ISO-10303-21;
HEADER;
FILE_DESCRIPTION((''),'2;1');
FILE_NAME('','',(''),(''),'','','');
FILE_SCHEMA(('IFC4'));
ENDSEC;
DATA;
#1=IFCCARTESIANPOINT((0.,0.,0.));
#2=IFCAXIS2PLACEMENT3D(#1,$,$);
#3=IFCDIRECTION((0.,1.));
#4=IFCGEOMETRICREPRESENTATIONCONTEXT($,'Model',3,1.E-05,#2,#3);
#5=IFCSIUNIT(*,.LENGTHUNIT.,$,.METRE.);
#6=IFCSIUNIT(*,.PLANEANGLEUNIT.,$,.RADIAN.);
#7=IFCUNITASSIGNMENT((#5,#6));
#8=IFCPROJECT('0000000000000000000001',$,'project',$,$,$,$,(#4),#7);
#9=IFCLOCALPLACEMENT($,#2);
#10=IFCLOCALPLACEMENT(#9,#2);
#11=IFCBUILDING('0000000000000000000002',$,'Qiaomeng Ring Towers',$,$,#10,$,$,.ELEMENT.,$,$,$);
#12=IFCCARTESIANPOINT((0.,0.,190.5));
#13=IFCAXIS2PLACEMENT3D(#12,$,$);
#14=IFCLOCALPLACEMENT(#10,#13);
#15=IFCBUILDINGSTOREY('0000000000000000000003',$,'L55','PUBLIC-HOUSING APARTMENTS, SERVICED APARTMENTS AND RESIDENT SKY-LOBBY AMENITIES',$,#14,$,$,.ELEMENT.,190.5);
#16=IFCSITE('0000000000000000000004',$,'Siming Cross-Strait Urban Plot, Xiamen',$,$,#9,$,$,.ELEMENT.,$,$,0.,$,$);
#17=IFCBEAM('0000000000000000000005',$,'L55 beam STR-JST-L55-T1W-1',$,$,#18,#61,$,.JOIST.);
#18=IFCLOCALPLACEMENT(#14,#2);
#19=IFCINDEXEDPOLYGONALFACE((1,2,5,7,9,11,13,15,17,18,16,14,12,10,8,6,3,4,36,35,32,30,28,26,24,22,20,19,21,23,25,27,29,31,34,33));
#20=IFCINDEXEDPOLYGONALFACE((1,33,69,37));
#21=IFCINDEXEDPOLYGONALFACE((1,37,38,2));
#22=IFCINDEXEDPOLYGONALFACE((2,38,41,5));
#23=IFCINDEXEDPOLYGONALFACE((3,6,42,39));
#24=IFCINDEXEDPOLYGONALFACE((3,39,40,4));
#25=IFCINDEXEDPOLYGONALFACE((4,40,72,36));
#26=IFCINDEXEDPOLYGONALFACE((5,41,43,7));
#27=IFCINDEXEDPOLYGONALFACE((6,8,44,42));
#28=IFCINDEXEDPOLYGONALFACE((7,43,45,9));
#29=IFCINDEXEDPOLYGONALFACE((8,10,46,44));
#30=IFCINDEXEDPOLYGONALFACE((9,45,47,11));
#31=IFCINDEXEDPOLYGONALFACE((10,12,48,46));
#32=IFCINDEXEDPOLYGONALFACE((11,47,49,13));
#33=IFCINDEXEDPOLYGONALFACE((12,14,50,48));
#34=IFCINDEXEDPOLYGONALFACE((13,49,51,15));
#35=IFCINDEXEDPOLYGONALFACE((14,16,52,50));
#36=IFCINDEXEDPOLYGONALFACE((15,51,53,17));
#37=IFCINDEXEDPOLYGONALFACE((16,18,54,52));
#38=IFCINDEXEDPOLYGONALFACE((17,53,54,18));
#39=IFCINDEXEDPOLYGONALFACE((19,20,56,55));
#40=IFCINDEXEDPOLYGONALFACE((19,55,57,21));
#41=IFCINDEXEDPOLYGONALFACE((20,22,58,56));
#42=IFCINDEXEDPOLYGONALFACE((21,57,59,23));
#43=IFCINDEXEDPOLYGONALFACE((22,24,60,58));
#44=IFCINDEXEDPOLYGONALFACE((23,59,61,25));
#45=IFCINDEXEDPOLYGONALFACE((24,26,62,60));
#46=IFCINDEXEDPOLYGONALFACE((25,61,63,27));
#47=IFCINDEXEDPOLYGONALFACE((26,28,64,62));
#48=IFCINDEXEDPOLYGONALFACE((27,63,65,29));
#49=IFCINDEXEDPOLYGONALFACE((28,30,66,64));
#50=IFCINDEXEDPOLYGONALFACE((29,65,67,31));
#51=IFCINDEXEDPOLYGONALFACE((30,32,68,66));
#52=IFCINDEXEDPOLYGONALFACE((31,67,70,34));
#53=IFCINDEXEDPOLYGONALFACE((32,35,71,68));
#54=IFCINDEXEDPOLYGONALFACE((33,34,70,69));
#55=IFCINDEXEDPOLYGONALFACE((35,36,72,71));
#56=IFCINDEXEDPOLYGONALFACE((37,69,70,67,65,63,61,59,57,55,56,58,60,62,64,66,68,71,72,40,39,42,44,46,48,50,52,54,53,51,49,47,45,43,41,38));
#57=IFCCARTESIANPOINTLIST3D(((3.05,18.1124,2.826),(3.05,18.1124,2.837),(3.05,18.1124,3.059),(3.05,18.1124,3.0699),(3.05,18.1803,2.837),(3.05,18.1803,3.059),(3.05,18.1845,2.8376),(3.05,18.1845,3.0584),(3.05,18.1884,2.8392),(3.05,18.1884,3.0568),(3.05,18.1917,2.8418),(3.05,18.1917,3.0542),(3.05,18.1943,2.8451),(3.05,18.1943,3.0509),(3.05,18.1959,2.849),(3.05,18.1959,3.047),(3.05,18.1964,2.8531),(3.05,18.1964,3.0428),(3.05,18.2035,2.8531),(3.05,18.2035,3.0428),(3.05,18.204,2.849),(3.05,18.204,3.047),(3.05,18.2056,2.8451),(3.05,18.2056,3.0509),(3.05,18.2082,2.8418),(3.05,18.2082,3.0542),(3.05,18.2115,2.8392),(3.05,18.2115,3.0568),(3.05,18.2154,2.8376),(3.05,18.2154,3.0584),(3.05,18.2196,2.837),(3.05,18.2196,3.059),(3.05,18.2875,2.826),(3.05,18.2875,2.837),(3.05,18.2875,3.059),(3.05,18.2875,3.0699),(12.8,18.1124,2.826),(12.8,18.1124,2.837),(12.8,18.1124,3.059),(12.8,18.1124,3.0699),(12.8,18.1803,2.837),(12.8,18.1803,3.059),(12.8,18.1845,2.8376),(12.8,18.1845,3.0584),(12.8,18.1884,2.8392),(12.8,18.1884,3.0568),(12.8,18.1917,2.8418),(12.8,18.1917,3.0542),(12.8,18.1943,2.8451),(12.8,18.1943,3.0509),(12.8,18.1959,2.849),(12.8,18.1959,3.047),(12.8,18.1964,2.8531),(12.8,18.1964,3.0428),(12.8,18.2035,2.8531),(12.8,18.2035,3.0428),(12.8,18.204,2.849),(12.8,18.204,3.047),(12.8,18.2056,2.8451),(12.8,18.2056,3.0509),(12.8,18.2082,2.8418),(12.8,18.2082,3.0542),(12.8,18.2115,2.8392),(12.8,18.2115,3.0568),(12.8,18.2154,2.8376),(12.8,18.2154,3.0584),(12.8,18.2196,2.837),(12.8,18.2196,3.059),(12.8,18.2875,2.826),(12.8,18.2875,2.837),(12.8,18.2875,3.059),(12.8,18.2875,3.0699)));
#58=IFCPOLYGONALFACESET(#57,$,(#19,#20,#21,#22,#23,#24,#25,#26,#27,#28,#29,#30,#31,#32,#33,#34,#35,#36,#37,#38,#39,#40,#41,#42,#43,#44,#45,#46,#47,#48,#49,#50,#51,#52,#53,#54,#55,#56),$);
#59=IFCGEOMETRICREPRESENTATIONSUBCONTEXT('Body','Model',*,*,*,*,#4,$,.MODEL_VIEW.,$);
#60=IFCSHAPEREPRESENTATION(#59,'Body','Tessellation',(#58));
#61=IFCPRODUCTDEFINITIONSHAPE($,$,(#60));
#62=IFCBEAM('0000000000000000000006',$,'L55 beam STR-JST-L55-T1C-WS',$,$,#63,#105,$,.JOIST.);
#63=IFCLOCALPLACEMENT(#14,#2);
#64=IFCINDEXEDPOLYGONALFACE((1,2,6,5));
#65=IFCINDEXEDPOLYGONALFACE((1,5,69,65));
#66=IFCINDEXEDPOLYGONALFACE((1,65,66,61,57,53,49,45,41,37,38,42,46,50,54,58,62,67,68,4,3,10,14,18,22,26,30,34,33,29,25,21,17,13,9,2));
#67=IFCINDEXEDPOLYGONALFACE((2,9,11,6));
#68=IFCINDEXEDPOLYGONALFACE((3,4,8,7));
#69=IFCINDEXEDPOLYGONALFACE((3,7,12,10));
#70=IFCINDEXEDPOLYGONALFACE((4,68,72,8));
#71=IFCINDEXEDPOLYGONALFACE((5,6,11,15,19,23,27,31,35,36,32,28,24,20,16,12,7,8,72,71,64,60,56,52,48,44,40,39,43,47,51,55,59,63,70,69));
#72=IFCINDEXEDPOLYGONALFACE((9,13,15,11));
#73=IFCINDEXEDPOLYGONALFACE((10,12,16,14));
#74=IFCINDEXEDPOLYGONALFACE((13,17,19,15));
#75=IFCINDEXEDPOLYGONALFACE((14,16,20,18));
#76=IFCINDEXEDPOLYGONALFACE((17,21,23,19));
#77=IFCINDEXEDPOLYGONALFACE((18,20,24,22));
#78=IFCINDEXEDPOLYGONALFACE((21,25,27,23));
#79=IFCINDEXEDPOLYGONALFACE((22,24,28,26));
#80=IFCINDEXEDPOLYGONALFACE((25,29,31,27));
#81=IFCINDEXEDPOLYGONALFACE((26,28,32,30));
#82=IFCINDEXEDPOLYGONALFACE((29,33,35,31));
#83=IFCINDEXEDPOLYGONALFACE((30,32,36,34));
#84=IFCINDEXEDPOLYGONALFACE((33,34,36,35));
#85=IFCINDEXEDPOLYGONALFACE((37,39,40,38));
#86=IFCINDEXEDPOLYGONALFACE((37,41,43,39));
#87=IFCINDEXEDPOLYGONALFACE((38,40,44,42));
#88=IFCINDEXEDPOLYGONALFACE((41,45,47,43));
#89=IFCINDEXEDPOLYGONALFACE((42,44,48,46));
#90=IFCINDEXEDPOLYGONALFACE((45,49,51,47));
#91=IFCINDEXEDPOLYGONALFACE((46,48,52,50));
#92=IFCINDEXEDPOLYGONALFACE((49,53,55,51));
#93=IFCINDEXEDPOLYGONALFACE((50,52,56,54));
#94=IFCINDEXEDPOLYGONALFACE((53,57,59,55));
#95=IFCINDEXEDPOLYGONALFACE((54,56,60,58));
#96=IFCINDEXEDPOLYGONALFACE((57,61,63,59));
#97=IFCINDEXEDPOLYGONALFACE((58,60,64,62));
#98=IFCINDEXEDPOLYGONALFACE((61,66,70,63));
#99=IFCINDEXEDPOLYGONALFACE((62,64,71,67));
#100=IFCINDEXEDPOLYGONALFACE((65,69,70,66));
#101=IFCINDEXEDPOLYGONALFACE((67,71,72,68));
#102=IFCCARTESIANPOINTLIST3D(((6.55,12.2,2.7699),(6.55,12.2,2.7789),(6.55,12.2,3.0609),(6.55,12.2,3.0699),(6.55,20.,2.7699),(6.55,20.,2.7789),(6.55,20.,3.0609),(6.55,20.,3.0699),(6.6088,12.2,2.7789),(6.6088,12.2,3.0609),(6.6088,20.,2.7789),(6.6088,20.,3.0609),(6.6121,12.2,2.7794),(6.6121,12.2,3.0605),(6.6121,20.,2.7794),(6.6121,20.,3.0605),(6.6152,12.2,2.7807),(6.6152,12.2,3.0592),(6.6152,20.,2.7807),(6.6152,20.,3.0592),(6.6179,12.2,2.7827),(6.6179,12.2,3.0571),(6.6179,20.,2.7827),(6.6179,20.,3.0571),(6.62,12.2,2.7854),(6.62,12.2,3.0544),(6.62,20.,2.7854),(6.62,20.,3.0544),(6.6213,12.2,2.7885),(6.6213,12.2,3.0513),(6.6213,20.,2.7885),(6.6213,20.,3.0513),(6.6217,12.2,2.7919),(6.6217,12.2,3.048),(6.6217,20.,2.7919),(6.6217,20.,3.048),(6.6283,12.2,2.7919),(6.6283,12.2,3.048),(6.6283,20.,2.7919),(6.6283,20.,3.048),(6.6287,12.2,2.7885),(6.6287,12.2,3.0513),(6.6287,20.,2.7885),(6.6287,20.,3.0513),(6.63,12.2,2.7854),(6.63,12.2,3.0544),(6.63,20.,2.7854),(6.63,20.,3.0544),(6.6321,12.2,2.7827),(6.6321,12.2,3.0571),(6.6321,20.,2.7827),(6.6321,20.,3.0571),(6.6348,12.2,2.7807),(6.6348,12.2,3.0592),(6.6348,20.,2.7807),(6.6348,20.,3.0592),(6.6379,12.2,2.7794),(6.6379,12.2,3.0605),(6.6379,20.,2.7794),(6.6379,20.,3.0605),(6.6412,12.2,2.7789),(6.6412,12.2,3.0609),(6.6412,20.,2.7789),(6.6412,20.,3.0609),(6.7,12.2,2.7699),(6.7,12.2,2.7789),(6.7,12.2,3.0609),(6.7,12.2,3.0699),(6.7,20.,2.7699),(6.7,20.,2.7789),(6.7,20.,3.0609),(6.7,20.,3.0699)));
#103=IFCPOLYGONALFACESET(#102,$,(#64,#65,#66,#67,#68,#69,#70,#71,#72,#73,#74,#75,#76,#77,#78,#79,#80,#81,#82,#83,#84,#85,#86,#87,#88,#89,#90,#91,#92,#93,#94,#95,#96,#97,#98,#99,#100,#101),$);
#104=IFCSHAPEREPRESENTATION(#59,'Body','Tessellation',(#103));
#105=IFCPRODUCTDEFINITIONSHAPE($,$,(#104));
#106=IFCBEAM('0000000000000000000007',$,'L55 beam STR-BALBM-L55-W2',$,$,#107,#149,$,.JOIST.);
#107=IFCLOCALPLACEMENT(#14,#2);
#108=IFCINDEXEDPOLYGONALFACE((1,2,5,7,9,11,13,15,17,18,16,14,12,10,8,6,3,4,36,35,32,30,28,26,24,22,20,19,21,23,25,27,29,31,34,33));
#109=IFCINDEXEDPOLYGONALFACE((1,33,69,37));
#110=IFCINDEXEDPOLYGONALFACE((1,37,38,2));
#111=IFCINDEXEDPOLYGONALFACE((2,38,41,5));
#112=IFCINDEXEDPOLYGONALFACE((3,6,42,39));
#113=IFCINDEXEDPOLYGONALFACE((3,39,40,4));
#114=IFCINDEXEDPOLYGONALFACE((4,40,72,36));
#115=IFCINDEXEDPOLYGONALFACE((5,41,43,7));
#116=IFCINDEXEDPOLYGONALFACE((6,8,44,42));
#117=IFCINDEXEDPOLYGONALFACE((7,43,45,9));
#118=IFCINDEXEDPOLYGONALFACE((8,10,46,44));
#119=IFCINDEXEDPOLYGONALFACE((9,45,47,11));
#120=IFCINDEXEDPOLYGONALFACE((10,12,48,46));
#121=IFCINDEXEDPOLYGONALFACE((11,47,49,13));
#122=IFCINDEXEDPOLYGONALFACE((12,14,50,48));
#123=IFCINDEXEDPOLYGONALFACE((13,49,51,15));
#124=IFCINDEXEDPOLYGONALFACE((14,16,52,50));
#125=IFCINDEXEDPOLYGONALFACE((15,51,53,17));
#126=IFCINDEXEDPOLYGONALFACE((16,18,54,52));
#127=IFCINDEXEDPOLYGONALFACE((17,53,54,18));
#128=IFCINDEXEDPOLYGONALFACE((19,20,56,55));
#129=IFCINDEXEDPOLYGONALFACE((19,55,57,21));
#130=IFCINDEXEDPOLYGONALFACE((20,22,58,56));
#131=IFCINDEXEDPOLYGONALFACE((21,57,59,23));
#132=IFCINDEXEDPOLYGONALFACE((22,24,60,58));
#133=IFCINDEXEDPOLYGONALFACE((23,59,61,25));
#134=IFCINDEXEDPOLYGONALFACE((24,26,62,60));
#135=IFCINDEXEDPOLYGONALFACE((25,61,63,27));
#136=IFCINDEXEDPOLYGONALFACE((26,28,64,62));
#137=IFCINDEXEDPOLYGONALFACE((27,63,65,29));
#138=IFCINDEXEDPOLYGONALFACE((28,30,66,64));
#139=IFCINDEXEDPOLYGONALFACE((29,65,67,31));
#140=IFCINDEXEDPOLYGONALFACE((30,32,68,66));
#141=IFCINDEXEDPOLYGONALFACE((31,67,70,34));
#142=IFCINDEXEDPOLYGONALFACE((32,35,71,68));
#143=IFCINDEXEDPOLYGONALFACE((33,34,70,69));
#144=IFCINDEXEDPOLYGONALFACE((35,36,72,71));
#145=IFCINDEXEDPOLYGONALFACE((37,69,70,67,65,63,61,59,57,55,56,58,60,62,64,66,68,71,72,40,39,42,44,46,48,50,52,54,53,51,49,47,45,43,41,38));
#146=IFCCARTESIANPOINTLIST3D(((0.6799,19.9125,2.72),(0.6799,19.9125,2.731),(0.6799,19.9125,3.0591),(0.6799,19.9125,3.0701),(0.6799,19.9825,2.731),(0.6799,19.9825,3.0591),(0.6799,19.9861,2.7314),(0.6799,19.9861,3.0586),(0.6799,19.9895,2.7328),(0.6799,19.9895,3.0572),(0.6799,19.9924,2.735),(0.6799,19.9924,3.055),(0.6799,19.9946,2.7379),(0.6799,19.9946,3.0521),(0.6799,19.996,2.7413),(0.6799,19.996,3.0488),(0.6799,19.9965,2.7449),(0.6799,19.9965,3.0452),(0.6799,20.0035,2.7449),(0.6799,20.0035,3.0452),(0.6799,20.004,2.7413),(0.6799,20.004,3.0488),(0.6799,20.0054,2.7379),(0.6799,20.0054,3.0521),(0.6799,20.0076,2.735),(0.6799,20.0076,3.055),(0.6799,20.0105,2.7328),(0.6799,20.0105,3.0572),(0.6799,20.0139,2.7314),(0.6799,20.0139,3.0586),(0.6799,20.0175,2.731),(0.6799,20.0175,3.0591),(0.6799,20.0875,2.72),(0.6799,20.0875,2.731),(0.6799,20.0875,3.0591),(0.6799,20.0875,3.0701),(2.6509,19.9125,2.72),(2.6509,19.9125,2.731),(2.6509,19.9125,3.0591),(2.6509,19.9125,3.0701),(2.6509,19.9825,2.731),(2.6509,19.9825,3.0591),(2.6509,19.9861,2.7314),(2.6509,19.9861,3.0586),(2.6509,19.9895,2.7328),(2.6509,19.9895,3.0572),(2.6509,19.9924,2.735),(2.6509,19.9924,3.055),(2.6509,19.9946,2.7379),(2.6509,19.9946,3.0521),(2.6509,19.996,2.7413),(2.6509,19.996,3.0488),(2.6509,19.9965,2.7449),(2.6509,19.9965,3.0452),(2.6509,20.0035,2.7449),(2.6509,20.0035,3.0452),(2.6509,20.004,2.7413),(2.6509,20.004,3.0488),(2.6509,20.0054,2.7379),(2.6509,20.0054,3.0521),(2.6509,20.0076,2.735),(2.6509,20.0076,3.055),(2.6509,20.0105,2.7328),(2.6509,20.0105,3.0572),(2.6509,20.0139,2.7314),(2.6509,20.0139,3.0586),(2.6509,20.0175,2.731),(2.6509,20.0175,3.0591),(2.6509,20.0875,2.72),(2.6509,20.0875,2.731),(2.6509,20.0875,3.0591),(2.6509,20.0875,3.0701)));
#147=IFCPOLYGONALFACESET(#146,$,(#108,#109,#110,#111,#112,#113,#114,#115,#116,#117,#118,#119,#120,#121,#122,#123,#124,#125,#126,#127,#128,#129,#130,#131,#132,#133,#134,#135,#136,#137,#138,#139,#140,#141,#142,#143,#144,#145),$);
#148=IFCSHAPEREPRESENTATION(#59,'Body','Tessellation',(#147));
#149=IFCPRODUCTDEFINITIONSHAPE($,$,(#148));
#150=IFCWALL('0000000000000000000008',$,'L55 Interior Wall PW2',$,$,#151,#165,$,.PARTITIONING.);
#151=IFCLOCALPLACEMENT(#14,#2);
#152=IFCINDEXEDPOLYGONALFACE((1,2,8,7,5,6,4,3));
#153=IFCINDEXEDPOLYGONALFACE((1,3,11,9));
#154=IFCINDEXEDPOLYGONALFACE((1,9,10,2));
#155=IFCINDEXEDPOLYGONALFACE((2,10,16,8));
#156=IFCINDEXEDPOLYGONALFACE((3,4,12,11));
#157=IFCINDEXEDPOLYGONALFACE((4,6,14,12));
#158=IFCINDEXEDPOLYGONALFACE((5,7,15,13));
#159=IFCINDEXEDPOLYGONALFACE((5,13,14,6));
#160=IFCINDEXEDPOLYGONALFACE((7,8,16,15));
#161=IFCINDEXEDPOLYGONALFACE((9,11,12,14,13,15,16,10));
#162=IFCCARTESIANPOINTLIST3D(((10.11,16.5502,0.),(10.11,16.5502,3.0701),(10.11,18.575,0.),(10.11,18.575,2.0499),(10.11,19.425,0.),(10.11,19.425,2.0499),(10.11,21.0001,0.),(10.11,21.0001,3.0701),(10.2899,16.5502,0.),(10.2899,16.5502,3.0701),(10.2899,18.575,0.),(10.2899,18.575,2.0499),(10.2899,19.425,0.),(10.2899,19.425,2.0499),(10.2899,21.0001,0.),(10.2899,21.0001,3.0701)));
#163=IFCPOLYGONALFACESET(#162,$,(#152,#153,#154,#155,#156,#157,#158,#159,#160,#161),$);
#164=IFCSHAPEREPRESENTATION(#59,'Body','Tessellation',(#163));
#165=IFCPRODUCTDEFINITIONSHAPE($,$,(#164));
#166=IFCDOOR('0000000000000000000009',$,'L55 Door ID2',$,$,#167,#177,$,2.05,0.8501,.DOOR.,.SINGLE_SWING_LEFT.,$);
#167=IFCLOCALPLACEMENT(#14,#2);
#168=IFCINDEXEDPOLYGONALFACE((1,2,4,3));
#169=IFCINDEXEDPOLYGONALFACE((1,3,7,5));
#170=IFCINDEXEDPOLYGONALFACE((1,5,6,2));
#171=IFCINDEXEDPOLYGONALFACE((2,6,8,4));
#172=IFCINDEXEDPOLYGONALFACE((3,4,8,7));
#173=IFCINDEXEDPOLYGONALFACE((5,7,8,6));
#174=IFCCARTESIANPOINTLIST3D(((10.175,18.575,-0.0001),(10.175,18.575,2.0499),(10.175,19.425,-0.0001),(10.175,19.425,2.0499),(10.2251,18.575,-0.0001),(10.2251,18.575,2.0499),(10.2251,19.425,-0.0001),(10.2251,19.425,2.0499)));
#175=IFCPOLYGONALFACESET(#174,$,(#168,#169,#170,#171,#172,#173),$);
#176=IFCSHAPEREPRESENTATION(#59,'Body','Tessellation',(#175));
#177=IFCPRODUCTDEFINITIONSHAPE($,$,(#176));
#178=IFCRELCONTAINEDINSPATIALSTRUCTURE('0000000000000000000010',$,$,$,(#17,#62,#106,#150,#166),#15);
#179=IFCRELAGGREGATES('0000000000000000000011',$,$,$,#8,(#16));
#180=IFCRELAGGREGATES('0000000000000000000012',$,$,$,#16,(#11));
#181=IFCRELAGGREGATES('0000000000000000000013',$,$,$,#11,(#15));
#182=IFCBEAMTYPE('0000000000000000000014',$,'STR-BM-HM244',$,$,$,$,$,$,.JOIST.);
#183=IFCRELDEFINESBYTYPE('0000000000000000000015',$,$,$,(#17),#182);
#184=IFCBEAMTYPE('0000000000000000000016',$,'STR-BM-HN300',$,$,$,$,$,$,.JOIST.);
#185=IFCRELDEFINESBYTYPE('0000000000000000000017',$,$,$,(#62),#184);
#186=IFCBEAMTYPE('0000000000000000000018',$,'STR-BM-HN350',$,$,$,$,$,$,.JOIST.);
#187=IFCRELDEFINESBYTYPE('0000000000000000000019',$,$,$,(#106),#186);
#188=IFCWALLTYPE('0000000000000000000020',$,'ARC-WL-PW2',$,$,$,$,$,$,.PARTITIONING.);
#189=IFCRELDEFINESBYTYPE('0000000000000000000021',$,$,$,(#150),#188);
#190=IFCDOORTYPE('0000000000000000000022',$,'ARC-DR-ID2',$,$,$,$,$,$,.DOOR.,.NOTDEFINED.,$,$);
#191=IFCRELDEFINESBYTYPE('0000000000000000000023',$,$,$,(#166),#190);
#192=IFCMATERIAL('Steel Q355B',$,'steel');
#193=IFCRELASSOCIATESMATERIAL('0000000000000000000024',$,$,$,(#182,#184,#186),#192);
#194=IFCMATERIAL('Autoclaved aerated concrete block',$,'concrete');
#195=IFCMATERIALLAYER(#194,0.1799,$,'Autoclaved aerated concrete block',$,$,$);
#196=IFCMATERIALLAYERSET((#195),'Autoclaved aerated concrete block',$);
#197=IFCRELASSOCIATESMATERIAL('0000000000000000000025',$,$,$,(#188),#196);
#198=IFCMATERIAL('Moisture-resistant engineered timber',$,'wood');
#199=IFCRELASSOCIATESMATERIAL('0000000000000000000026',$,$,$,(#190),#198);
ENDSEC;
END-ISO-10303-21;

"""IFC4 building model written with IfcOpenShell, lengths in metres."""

from ifc_helpers import new_model, si_unit, direction, frame, frame_2d, origin, origin_2d, place, context, subcontext, project, spatial, rectangle, i_section, extrude, source, transform, mapped, material, layer, layer_set, material_profile, profile_set, type_object, element, fill, save


model = new_model("IFC4")

# Units and contexts
model_context = context("Model", 3, precision=1e-05, world=origin(), true_north=direction((0.0, 1.0)))
body_context = subcontext(model_context, "Body", "Model", "MODEL_VIEW")
ifc_project = project(units=[si_unit("LENGTHUNIT", "METRE"), si_unit("PLANEANGLEUNIT", "RADIAN")], contexts=[model_context])

# Site, building, storey
site_placement = place(None, origin())
site = spatial("IfcSite", under=ifc_project, at=site_placement, Name="Siming Cross-Strait Urban Plot, Xiamen", CompositionType="ELEMENT", RefElevation=0.0)
building_placement = place(site_placement, origin())
building = spatial("IfcBuilding", under=site, at=building_placement, Name="Qiaomeng Ring Towers", CompositionType="ELEMENT")
storey_placement = place(building_placement, frame((0.0, 0.0, 190.5)))
storey = spatial("IfcBuildingStorey", under=building, at=storey_placement, Name="L55", Description="PUBLIC-HOUSING APARTMENTS, SERVICED APARTMENTS AND RESIDENT SKY-LOBBY AMENITIES", CompositionType="ELEMENT", Elevation=190.5)

# Beams
ifc_material_1 = material(Name="Steel Q355B", Category="steel")
ifc_material_profile_1 = material_profile(ifc_material_1, i_section(OverallWidth=0.175, OverallDepth=0.2439, WebThickness=0.0071, FlangeThickness=0.011, FilletRadius=0.0161, at=origin_2d()), Name="HM 244x175x7x11")
ifc_profile_set_1 = profile_set([ifc_material_profile_1], Name="Steel Q355B")
beam_type_1 = type_object("IfcBeamType", Name="STR-BM-HM244", PredefinedType="JOIST", material=ifc_profile_set_1)
shared_shape_1 = source(origin(), body_context, "Body", "SweptSolid", [
    extrude(i_section(OverallWidth=0.175, OverallDepth=0.2439, WebThickness=0.0071, FlangeThickness=0.011, FilletRadius=0.0161, at=origin_2d()), origin(), (0.0, 0.0, 1.0), 9.75),
])
beam_1_placement = place(storey_placement, frame((3.05, 18.2, 2.948), z_axis=(1.0, 0.0, 0.0), x_axis=(0.0, 1.0, 0.0)))
element("IfcBeam", 1, at=beam_1_placement, inside=storey, type_object=beam_type_1, Name="L55 beam STR-JST-L55-T1W-1", PredefinedType="JOIST", context=body_context, shape_type="MappedRepresentation", body=[
    mapped(shared_shape_1, transform((0.0, 0.0, 0.0), x_axis=(1.0, 0.0, 0.0), y_axis=(0.0, 1.0, 0.0), z_axis=(0.0, 0.0, 1.0), scale=1.0)),
])
ifc_material_profile_2 = material_profile(ifc_material_1, i_section(OverallWidth=0.1499, OverallDepth=0.3, WebThickness=0.0066, FlangeThickness=0.009, FilletRadius=0.0129, at=origin_2d()), Name="HN 300x150x6.5x9")
ifc_profile_set_2 = profile_set([ifc_material_profile_2], Name="Steel Q355B")
beam_type_2 = type_object("IfcBeamType", Name="STR-BM-HN300", PredefinedType="JOIST", material=ifc_profile_set_2)
shared_shape_2 = source(origin(), body_context, "Body", "SweptSolid", [
    extrude(i_section(OverallWidth=0.1499, OverallDepth=0.3, WebThickness=0.0066, FlangeThickness=0.009, FilletRadius=0.0129, at=origin_2d()), origin(), (0.0, 0.0, 1.0), 7.8),
])
beam_2_placement = place(storey_placement, frame((6.625, 12.2, 2.9199), z_axis=(0.0, 1.0, 0.0), x_axis=(-1.0, 0.0, 0.0)))
element("IfcBeam", 2, at=beam_2_placement, inside=storey, type_object=beam_type_2, Name="L55 beam STR-JST-L55-T1C-WS", PredefinedType="JOIST", context=body_context, shape_type="MappedRepresentation", body=[
    mapped(shared_shape_2, transform((0.0, 0.0, 0.0), x_axis=(1.0, 0.0, 0.0), y_axis=(0.0, 1.0, 0.0), z_axis=(0.0, 0.0, 1.0), scale=1.0)),
])
ifc_material_profile_3 = material_profile(ifc_material_1, i_section(OverallWidth=0.175, OverallDepth=0.3501, WebThickness=0.0071, FlangeThickness=0.011, FilletRadius=0.0139, at=origin_2d()), Name="HN 350x175x7x11")
ifc_profile_set_3 = profile_set([ifc_material_profile_3], Name="Steel Q355B")
beam_type_3 = type_object("IfcBeamType", Name="STR-BM-HN350", PredefinedType="JOIST", material=ifc_profile_set_3)
shared_shape_3 = source(origin(), body_context, "Body", "SweptSolid", [
    extrude(i_section(OverallWidth=0.175, OverallDepth=0.3501, WebThickness=0.0071, FlangeThickness=0.011, FilletRadius=0.0139, at=origin_2d()), origin(), (0.0, 0.0, 1.0), 1.9709),
])
beam_3_placement = place(storey_placement, frame((0.6799, 20.0, 2.895), z_axis=(1.0, 0.0, 0.0), x_axis=(0.0, 1.0, 0.0)))
element("IfcBeam", 3, at=beam_3_placement, inside=storey, type_object=beam_type_3, Name="L55 beam STR-BALBM-L55-W2", PredefinedType="JOIST", context=body_context, shape_type="MappedRepresentation", body=[
    mapped(shared_shape_3, transform((0.0, 0.0, 0.0), x_axis=(1.0, 0.0, 0.0), y_axis=(0.0, 1.0, 0.0), z_axis=(0.0, 0.0, 1.0), scale=1.0)),
])

# Wall, opening, door
ifc_material_2 = material(Name="Autoclaved aerated concrete block", Category="concrete")
ifc_layer_1 = layer(ifc_material_2, 0.1799, Name="Autoclaved aerated concrete block")
ifc_layer_set_1 = layer_set([ifc_layer_1], Name="Autoclaved aerated concrete block")
wall_type_1 = type_object("IfcWallType", Name="ARC-WL-PW2", PredefinedType="PARTITIONING", material=ifc_layer_set_1)
wall_1_placement = place(storey_placement, frame((10.2, 16.55, 0.0), z_axis=(0.0, 0.0, 1.0), x_axis=(0.0, 1.0, 0.0)))
wall_1 = element("IfcWall", 4, at=wall_1_placement, inside=storey, type_object=wall_type_1, Name="L55 Interior Wall PW2", PredefinedType="PARTITIONING", context=body_context, shape_type="SweptSolid", body=[
    extrude(rectangle(XDim=4.45, YDim=0.1799, at=frame_2d((2.2251, 0.0))), origin(), (0.0, 0.0, 1.0), 3.0701),
])
opening_1_placement = place(wall_1_placement, frame((2.0249, 0.0, 0.0)))
opening_1 = element("IfcOpeningElement", 5, at=opening_1_placement, cuts=wall_1, PredefinedType="OPENING", context=body_context, shape_type="SweptSolid", body=[
    extrude(rectangle(XDim=0.8501, YDim=2.05, at=frame_2d((0.425, 1.0249))), frame((0.0, 0.0999, 0.0), z_axis=(0.0, -1.0, 0.0), x_axis=(1.0, 0.0, 0.0)), (0.0, 0.0, 1.0), 0.2),
])
ifc_material_3 = material(Name="Moisture-resistant engineered timber", Category="wood")
door_type_1 = type_object("IfcDoorType", Name="ARC-DR-ID2", OperationType="NOTDEFINED", PredefinedType="DOOR", material=ifc_material_3)
shared_shape_4 = source(origin(), body_context, "Body", "SweptSolid", [
    extrude(rectangle(XDim=0.8501, YDim=2.05, at=frame_2d((0.425, 1.0249))), frame((0.0, 0.0249, 0.0), z_axis=(0.0, -1.0, 0.0), x_axis=(1.0, 0.0, 0.0)), (0.0, 0.0, 1.0), 0.05),
])
door_1_placement = place(opening_1_placement, origin())
door_1 = element("IfcDoor", 6, at=door_1_placement, inside=storey, type_object=door_type_1, Name="L55 Door ID2", OperationType="SINGLE_SWING_LEFT", OverallHeight=2.05, OverallWidth=0.8501, PredefinedType="DOOR", context=body_context, shape_type="MappedRepresentation", body=[
    mapped(shared_shape_4, transform((0.0, 0.0, 0.0), x_axis=(1.0, 0.0, 0.0), y_axis=(0.0, 1.0, 0.0), z_axis=(0.0, 0.0, 1.0), scale=1.0)),
])
fill(opening_1, door_1)

save(model, "model.ifc")
